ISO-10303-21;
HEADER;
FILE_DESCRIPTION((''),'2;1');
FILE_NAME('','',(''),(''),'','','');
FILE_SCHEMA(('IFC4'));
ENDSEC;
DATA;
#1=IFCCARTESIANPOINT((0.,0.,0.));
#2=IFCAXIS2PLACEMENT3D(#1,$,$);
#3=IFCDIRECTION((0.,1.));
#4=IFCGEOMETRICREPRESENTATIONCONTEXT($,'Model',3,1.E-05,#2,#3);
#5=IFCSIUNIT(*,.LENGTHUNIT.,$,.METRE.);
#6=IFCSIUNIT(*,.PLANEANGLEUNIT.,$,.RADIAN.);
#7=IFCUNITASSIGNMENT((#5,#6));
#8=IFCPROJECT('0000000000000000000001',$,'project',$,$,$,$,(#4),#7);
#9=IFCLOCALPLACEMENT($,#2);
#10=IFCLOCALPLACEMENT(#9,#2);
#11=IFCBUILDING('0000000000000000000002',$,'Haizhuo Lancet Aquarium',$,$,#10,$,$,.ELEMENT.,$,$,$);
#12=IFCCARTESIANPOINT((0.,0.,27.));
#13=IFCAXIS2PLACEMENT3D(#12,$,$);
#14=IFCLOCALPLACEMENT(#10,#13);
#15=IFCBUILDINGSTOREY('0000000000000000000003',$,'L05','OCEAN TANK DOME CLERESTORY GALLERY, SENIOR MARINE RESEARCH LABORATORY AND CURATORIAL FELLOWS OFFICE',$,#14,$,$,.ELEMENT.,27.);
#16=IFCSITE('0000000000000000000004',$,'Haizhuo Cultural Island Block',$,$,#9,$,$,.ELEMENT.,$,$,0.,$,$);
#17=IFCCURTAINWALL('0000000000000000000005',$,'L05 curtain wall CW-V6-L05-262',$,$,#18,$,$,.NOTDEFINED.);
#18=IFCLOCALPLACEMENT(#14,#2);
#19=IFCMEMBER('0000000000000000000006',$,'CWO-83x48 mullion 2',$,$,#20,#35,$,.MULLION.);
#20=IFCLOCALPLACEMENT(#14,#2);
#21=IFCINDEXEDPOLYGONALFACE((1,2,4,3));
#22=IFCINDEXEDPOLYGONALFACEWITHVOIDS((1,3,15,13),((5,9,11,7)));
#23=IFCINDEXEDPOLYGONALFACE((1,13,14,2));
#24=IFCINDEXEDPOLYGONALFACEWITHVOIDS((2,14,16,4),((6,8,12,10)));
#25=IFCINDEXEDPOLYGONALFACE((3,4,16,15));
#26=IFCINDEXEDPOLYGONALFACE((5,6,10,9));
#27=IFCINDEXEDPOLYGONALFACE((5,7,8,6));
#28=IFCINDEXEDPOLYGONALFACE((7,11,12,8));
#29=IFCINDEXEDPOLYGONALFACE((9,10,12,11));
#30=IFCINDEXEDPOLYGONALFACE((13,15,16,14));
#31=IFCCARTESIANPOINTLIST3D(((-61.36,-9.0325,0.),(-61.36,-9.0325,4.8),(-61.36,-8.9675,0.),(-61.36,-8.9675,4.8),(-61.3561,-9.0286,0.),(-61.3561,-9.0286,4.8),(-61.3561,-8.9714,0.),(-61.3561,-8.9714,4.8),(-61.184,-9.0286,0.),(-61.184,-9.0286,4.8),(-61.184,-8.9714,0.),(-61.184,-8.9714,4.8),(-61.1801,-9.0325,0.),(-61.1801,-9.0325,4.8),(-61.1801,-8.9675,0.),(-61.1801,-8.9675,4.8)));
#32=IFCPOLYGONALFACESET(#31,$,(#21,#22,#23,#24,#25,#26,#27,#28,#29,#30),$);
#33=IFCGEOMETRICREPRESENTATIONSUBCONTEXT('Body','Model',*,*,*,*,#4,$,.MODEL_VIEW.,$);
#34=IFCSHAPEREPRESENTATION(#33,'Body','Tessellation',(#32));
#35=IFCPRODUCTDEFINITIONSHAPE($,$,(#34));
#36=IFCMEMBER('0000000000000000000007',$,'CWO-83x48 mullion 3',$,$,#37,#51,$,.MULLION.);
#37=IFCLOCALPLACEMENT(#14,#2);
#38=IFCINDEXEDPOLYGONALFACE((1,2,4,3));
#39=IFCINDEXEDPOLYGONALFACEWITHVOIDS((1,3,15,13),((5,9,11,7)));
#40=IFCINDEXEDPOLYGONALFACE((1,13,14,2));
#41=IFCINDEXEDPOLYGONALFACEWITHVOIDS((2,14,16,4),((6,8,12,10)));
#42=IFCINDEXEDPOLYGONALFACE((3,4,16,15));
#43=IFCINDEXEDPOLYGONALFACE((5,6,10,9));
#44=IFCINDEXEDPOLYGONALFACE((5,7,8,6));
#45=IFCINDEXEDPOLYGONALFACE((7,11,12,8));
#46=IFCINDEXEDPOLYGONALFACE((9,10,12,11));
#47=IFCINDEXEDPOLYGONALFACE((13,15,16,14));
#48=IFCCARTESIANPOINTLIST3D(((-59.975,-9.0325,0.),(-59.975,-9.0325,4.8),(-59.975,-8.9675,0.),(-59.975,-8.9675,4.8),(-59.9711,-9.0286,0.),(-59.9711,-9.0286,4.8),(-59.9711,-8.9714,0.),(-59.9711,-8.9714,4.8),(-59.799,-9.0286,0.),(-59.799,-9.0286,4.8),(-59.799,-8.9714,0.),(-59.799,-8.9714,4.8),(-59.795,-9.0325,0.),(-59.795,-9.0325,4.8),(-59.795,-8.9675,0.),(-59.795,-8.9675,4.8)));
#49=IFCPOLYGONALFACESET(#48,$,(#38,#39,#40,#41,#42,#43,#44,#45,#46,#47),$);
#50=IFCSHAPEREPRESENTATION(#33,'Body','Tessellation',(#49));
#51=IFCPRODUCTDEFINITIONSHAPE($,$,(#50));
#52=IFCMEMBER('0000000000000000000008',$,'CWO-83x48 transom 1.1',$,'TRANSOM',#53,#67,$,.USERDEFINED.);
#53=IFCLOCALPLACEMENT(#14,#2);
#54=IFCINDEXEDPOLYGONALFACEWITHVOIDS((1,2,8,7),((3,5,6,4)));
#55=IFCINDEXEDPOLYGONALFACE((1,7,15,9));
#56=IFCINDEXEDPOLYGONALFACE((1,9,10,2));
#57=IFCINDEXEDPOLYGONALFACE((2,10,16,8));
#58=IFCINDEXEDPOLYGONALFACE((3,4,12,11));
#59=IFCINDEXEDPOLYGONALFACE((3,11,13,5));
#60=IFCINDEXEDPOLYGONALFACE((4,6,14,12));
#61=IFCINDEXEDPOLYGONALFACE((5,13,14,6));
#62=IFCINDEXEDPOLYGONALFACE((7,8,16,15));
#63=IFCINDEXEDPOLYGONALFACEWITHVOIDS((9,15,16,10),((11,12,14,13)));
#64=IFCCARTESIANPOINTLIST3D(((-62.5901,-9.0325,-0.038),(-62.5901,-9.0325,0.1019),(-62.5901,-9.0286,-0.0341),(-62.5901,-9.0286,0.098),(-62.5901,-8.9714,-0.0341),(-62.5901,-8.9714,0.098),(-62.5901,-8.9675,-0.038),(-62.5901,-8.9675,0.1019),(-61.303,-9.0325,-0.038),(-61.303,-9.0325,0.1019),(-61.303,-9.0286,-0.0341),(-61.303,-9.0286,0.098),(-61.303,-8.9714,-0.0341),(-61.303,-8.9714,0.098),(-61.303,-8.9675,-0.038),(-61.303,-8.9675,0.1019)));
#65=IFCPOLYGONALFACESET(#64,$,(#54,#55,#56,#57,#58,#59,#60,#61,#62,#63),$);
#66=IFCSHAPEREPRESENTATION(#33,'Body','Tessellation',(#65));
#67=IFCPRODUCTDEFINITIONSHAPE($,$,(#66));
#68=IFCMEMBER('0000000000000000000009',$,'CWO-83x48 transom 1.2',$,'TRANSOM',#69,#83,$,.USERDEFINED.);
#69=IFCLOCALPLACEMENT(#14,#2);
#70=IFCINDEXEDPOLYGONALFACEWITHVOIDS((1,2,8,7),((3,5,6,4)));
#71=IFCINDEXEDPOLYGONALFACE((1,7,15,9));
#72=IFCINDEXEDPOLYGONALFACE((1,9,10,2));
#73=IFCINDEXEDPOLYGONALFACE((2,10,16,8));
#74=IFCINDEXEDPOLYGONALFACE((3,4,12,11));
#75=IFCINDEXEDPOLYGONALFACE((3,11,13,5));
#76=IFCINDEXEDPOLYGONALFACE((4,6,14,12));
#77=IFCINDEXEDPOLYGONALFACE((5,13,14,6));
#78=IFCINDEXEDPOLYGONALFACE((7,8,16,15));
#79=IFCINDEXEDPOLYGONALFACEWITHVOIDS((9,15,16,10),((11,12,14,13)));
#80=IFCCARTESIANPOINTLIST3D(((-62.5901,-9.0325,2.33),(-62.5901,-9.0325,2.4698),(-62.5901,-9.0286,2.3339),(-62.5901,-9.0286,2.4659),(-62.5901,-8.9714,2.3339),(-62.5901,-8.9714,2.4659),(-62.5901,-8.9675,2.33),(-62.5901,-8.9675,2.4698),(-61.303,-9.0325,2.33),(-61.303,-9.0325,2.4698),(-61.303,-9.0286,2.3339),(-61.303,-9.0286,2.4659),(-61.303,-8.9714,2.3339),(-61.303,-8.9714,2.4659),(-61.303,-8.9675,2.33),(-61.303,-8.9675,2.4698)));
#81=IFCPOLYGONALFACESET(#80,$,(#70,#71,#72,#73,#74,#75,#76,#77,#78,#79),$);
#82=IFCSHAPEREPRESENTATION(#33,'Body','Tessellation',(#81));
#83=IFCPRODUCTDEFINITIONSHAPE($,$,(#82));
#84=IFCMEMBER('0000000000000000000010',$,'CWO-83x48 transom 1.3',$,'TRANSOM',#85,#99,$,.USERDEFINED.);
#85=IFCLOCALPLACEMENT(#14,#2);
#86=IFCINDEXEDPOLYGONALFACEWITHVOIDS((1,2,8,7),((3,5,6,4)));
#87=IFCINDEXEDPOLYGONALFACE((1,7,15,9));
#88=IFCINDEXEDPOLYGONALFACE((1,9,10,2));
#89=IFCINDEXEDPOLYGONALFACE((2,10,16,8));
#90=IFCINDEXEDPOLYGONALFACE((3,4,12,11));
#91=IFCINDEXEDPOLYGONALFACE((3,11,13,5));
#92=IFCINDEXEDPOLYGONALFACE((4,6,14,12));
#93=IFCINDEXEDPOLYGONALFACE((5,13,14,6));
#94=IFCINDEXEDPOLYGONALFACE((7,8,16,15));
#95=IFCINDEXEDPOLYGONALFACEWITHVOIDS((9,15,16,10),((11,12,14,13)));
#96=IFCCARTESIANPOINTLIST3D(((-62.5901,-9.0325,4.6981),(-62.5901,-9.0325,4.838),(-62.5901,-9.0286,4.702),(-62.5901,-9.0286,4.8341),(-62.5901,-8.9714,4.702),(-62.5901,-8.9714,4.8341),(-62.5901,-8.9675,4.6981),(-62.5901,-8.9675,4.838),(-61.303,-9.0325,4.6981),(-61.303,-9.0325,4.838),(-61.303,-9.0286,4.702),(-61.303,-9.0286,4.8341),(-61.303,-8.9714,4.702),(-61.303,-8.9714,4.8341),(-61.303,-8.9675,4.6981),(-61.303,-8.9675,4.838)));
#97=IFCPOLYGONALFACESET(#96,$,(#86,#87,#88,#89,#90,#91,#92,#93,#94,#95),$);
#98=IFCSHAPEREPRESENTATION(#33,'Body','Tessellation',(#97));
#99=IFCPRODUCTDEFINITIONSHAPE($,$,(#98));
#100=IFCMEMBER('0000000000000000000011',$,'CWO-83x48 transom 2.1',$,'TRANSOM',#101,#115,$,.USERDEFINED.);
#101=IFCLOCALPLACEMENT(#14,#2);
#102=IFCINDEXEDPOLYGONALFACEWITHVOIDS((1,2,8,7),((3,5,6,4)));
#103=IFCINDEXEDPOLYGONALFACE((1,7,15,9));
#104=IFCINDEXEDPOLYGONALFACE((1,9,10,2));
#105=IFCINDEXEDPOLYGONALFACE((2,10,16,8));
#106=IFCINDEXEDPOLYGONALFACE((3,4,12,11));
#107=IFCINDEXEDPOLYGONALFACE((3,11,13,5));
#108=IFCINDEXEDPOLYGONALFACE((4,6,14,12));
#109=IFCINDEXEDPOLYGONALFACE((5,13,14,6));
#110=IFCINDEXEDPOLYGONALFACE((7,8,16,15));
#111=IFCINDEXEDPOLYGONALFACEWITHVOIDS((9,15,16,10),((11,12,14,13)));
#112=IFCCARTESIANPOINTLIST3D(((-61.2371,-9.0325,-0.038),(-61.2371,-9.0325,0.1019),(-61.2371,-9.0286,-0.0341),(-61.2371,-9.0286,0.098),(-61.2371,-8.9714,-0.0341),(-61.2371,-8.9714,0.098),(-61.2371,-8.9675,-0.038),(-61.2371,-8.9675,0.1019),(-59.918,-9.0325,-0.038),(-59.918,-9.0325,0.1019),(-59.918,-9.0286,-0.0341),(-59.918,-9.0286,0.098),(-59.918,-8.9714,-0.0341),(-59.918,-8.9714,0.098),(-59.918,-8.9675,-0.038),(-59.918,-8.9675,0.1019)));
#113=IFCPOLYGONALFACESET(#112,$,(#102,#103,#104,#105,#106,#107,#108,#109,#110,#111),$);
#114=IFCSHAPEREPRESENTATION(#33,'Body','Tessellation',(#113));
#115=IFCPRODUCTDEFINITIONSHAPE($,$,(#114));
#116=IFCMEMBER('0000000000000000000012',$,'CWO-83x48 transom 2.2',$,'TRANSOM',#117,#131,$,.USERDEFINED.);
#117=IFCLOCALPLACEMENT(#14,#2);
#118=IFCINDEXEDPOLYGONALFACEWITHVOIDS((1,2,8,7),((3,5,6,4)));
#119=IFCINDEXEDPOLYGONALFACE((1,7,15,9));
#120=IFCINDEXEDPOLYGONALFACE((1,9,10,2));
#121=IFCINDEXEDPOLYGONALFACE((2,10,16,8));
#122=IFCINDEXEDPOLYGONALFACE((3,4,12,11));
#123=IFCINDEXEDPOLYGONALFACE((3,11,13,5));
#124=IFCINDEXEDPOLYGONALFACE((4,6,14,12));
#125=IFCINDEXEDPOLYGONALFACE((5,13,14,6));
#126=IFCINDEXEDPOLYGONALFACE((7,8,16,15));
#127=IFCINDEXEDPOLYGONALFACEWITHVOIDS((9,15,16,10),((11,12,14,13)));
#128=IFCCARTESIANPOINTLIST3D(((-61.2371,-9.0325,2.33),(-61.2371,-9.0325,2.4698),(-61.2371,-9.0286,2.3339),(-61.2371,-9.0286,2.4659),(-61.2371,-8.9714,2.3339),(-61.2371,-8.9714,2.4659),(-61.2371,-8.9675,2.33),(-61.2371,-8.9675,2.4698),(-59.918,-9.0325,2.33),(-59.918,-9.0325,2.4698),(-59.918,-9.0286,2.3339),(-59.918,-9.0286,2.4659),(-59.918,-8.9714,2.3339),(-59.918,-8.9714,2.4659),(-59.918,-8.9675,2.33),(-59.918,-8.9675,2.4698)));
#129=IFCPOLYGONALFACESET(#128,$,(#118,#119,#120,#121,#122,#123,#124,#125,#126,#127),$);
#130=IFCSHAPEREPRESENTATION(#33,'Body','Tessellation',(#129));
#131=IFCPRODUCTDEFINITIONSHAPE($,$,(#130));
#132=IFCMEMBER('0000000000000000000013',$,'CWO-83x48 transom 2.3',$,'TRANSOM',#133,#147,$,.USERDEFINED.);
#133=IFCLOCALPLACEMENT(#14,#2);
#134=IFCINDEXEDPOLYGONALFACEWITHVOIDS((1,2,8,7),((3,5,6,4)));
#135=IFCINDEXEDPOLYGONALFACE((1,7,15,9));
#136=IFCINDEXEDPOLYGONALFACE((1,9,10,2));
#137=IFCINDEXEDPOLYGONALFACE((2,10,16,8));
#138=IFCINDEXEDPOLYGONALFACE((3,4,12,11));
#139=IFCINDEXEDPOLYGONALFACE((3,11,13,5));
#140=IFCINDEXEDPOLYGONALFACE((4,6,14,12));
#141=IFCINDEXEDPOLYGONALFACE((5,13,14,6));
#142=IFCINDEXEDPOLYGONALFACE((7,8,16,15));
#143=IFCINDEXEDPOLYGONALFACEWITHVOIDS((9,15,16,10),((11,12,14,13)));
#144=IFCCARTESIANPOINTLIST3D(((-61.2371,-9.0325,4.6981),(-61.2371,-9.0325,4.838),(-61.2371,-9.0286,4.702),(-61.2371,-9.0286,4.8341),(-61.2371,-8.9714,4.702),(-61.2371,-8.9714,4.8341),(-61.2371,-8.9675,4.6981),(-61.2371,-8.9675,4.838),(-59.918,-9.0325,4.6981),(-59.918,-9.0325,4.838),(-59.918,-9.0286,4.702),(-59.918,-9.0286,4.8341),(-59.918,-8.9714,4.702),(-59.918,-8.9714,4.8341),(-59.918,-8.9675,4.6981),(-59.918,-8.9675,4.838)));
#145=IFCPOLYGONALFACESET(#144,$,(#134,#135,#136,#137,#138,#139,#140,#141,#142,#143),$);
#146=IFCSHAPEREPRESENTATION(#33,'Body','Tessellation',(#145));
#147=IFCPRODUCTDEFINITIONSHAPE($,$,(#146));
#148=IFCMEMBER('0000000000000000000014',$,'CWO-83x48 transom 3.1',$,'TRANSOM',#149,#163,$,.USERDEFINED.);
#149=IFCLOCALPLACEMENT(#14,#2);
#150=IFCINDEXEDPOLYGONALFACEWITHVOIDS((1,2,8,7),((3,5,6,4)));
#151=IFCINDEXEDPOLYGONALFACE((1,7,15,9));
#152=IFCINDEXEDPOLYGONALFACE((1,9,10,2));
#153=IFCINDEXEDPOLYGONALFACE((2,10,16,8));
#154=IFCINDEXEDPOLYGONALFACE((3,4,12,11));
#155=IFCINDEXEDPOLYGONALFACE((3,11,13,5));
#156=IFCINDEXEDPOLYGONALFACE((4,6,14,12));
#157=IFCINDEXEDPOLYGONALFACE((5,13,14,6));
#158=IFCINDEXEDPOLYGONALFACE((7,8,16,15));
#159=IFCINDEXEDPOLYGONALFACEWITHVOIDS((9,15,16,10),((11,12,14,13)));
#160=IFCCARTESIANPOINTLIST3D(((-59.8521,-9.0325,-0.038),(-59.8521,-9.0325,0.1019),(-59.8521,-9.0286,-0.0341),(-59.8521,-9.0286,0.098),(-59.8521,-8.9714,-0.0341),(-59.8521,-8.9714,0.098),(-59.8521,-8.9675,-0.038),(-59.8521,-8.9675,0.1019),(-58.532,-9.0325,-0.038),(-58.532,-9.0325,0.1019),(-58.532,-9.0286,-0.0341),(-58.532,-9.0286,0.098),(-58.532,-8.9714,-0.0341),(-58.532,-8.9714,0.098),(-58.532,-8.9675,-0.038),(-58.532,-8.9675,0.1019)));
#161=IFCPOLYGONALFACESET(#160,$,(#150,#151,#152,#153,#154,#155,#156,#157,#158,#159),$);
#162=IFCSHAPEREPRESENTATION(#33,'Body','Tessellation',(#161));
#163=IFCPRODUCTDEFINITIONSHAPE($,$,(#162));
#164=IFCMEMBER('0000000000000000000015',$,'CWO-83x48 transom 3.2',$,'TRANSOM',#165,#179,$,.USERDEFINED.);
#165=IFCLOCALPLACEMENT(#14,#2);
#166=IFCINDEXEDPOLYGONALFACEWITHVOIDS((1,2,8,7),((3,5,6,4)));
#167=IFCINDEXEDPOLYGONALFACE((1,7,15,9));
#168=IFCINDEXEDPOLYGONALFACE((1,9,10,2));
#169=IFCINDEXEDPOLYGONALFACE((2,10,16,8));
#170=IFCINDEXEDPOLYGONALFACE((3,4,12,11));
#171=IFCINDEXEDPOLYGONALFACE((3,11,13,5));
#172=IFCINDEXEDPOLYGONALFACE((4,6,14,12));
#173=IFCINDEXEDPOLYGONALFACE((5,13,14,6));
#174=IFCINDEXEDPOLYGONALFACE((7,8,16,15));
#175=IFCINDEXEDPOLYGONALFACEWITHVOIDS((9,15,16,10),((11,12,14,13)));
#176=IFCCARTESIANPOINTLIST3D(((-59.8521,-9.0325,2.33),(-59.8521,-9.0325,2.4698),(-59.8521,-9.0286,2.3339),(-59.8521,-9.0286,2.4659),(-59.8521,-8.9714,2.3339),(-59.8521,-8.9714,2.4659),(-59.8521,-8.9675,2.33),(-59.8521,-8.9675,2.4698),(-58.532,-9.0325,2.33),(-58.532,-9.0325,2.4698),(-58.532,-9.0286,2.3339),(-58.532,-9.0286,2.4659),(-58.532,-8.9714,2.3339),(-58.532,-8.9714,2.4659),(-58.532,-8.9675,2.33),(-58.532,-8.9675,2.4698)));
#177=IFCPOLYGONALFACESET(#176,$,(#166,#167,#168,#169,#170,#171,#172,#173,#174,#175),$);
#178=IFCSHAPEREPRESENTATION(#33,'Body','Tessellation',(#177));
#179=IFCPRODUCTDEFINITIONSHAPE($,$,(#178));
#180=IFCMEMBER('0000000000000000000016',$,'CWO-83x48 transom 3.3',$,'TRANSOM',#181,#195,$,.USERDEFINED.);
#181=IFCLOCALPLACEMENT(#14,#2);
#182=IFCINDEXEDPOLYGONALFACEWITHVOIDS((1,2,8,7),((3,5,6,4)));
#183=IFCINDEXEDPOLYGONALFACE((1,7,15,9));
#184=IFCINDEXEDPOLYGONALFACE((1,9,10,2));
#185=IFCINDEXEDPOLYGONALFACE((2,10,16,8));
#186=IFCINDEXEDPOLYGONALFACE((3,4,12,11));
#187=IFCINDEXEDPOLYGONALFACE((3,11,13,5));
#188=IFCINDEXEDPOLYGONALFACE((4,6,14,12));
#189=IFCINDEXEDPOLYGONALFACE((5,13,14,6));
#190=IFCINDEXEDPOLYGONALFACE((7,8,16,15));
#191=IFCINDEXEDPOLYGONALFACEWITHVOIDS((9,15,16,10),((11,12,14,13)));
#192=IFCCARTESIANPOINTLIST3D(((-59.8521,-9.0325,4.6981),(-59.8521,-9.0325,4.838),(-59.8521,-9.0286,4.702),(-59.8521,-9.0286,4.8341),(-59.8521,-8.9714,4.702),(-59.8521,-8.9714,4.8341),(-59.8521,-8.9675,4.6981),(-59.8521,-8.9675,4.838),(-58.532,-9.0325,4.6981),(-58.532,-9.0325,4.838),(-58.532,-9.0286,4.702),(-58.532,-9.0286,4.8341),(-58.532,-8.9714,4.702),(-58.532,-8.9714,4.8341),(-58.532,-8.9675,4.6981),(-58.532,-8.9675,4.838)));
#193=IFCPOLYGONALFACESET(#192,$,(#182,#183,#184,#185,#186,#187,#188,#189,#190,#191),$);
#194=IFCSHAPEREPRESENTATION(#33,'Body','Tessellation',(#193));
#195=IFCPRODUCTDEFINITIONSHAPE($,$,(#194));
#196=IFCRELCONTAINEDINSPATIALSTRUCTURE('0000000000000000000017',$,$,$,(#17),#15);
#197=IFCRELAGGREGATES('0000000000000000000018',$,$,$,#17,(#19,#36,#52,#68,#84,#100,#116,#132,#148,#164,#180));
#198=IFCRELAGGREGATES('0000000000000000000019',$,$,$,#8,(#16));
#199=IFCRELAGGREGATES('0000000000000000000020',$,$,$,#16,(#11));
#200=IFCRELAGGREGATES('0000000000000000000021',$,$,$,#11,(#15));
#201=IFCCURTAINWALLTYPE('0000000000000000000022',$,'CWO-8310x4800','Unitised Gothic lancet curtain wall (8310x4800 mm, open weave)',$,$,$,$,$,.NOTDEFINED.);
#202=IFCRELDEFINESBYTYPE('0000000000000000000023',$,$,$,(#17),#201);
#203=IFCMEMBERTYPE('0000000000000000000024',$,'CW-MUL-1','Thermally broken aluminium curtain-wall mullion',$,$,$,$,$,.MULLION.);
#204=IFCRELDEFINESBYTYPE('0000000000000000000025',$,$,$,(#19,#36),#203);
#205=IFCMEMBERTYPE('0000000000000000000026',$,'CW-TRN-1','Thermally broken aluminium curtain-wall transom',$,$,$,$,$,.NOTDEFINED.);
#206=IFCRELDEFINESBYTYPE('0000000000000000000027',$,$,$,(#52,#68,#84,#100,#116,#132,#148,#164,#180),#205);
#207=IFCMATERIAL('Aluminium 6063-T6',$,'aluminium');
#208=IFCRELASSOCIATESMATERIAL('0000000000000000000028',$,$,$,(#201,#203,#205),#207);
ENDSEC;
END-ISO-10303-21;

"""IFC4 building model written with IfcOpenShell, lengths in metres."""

from ifc_helpers import new_model, si_unit, direction, frame, origin, origin_2d, place, context, subcontext, project, spatial, hollow_rectangle, extrude, material, material_profile, profile_set, type_object, element, aggregate, save


model = new_model("IFC4")

# Units and contexts
model_context = context("Model", 3, precision=1e-05, world=origin(), true_north=direction((0.0, 1.0)))
body_context = subcontext(model_context, "Body", "Model", "MODEL_VIEW")
ifc_project = project(units=[si_unit("LENGTHUNIT", "METRE"), si_unit("PLANEANGLEUNIT", "RADIAN")], contexts=[model_context])

# Site, building, storey
site_placement = place(None, origin())
site = spatial("IfcSite", under=ifc_project, at=site_placement, Name="Haizhuo Cultural Island Block", CompositionType="ELEMENT", RefElevation=0.0)
building_placement = place(site_placement, origin())
building = spatial("IfcBuilding", under=site, at=building_placement, Name="Haizhuo Lancet Aquarium", CompositionType="ELEMENT")
storey_placement = place(building_placement, frame((0.0, 0.0, 27.0)))
storey = spatial("IfcBuildingStorey", under=building, at=storey_placement, Name="L05", Description="OCEAN TANK DOME CLERESTORY GALLERY, SENIOR MARINE RESEARCH LABORATORY AND CURATORIAL FELLOWS OFFICE", CompositionType="ELEMENT", Elevation=27.0)

# Curtain wall, members
ifc_material_1 = material(Name="Aluminium 6063-T6", Category="aluminium")
curtain_wall_type = type_object("IfcCurtainWallType", Name="CWO-8310x4800", Description="Unitised Gothic lancet curtain wall (8310x4800 mm, open weave)", PredefinedType="NOTDEFINED", material=ifc_material_1)
curtain_wall_placement = place(storey_placement, origin())
curtain_wall = element("IfcCurtainWall", 1, at=curtain_wall_placement, inside=storey, type_object=curtain_wall_type, Name="L05 curtain wall CW-V6-L05-262", PredefinedType="NOTDEFINED")
ifc_material_profile_1 = material_profile(ifc_material_1, hollow_rectangle(XDim=0.0649, YDim=0.1799, WallThickness=0.0039, at=origin_2d()), Name="ALU-M 65x180x4")
ifc_profile_set_1 = profile_set([ifc_material_profile_1], Name="Aluminium 6063-T6")
member_type_1 = type_object("IfcMemberType", Name="CW-MUL-1", Description="Thermally broken aluminium curtain-wall mullion", PredefinedType="MULLION", material=ifc_profile_set_1)
member_1_placement = place(storey_placement, frame((-61.27, -9.0, 0.0), z_axis=(0.0, 0.0, 1.0), x_axis=(0.0, 1.0, 0.0)))
member_1 = element("IfcMember", 2, at=member_1_placement, type_object=member_type_1, Name="CWO-83x48 mullion 2", PredefinedType="MULLION", context=body_context, shape_type="SweptSolid", body=[
    extrude(hollow_rectangle(XDim=0.0649, YDim=0.1799, WallThickness=0.0039, at=origin_2d()), origin(), (0.0, 0.0, 1.0), 4.8),
])
member_2_placement = place(storey_placement, frame((-59.885, -9.0, 0.0), z_axis=(0.0, 0.0, 1.0), x_axis=(0.0, 1.0, 0.0)))
member_2 = element("IfcMember", 3, at=member_2_placement, type_object=member_type_1, Name="CWO-83x48 mullion 3", PredefinedType="MULLION", context=body_context, shape_type="SweptSolid", body=[
    extrude(hollow_rectangle(XDim=0.0649, YDim=0.1799, WallThickness=0.0039, at=origin_2d()), origin(), (0.0, 0.0, 1.0), 4.8),
])
ifc_material_profile_2 = material_profile(ifc_material_1, hollow_rectangle(XDim=0.0649, YDim=0.1399, WallThickness=0.0039, at=origin_2d()), Name="ALU-T 65x140x4")
ifc_profile_set_2 = profile_set([ifc_material_profile_2], Name="Aluminium 6063-T6")
member_type_2 = type_object("IfcMemberType", Name="CW-TRN-1", Description="Thermally broken aluminium curtain-wall transom", PredefinedType="NOTDEFINED", material=ifc_profile_set_2)
member_3_placement = place(storey_placement, frame((-62.5901, -9.0, 0.032), z_axis=(1.0, 0.0, 0.0), x_axis=(0.0, 1.0, 0.0)))
member_3 = element("IfcMember", 4, at=member_3_placement, type_object=member_type_2, Name="CWO-83x48 transom 1.1", ObjectType="TRANSOM", PredefinedType="USERDEFINED", context=body_context, shape_type="SweptSolid", body=[
    extrude(hollow_rectangle(XDim=0.0649, YDim=0.1399, WallThickness=0.0039, at=origin_2d()), origin(), (0.0, 0.0, 1.0), 1.2871),
])
member_4_placement = place(storey_placement, frame((-62.5901, -9.0, 2.3999), z_axis=(1.0, 0.0, 0.0), x_axis=(0.0, 1.0, 0.0)))
member_4 = element("IfcMember", 5, at=member_4_placement, type_object=member_type_2, Name="CWO-83x48 transom 1.2", ObjectType="TRANSOM", PredefinedType="USERDEFINED", context=body_context, shape_type="SweptSolid", body=[
    extrude(hollow_rectangle(XDim=0.0649, YDim=0.1399, WallThickness=0.0039, at=origin_2d()), origin(), (0.0, 0.0, 1.0), 1.2871),
])
member_5_placement = place(storey_placement, frame((-62.5901, -9.0, 4.7681), z_axis=(1.0, 0.0, 0.0), x_axis=(0.0, 1.0, 0.0)))
member_5 = element("IfcMember", 6, at=member_5_placement, type_object=member_type_2, Name="CWO-83x48 transom 1.3", ObjectType="TRANSOM", PredefinedType="USERDEFINED", context=body_context, shape_type="SweptSolid", body=[
    extrude(hollow_rectangle(XDim=0.0649, YDim=0.1399, WallThickness=0.0039, at=origin_2d()), origin(), (0.0, 0.0, 1.0), 1.2871),
])
member_6_placement = place(storey_placement, frame((-61.2371, -9.0, 0.032), z_axis=(1.0, 0.0, 0.0), x_axis=(0.0, 1.0, 0.0)))
member_6 = element("IfcMember", 7, at=member_6_placement, type_object=member_type_2, Name="CWO-83x48 transom 2.1", ObjectType="TRANSOM", PredefinedType="USERDEFINED", context=body_context, shape_type="SweptSolid", body=[
    extrude(hollow_rectangle(XDim=0.0649, YDim=0.1399, WallThickness=0.0039, at=origin_2d()), origin(), (0.0, 0.0, 1.0), 1.3191),
])
member_7_placement = place(storey_placement, frame((-61.2371, -9.0, 2.3999), z_axis=(1.0, 0.0, 0.0), x_axis=(0.0, 1.0, 0.0)))
member_7 = element("IfcMember", 8, at=member_7_placement, type_object=member_type_2, Name="CWO-83x48 transom 2.2", ObjectType="TRANSOM", PredefinedType="USERDEFINED", context=body_context, shape_type="SweptSolid", body=[
    extrude(hollow_rectangle(XDim=0.0649, YDim=0.1399, WallThickness=0.0039, at=origin_2d()), origin(), (0.0, 0.0, 1.0), 1.3191),
])
member_8_placement = place(storey_placement, frame((-61.2371, -9.0, 4.7681), z_axis=(1.0, 0.0, 0.0), x_axis=(0.0, 1.0, 0.0)))
member_8 = element("IfcMember", 9, at=member_8_placement, type_object=member_type_2, Name="CWO-83x48 transom 2.3", ObjectType="TRANSOM", PredefinedType="USERDEFINED", context=body_context, shape_type="SweptSolid", body=[
    extrude(hollow_rectangle(XDim=0.0649, YDim=0.1399, WallThickness=0.0039, at=origin_2d()), origin(), (0.0, 0.0, 1.0), 1.3191),
])
member_9_placement = place(storey_placement, frame((-59.8521, -9.0, 0.032), z_axis=(1.0, 0.0, 0.0), x_axis=(0.0, 1.0, 0.0)))
member_9 = element("IfcMember", 10, at=member_9_placement, type_object=member_type_2, Name="CWO-83x48 transom 3.1", ObjectType="TRANSOM", PredefinedType="USERDEFINED", context=body_context, shape_type="SweptSolid", body=[
    extrude(hollow_rectangle(XDim=0.0649, YDim=0.1399, WallThickness=0.0039, at=origin_2d()), origin(), (0.0, 0.0, 1.0), 1.3201),
])
member_10_placement = place(storey_placement, frame((-59.8521, -9.0, 2.3999), z_axis=(1.0, 0.0, 0.0), x_axis=(0.0, 1.0, 0.0)))
member_10 = element("IfcMember", 11, at=member_10_placement, type_object=member_type_2, Name="CWO-83x48 transom 3.2", ObjectType="TRANSOM", PredefinedType="USERDEFINED", context=body_context, shape_type="SweptSolid", body=[
    extrude(hollow_rectangle(XDim=0.0649, YDim=0.1399, WallThickness=0.0039, at=origin_2d()), origin(), (0.0, 0.0, 1.0), 1.3201),
])
member_11_placement = place(storey_placement, frame((-59.8521, -9.0, 4.7681), z_axis=(1.0, 0.0, 0.0), x_axis=(0.0, 1.0, 0.0)))
member_11 = element("IfcMember", 12, at=member_11_placement, type_object=member_type_2, Name="CWO-83x48 transom 3.3", ObjectType="TRANSOM", PredefinedType="USERDEFINED", context=body_context, shape_type="SweptSolid", body=[
    extrude(hollow_rectangle(XDim=0.0649, YDim=0.1399, WallThickness=0.0039, at=origin_2d()), origin(), (0.0, 0.0, 1.0), 1.3201),
])

aggregate(curtain_wall, [member_1, member_2, member_3, member_4, member_5, member_6, member_7, member_8, member_9, member_10, member_11])

save(model, "model.ifc")
